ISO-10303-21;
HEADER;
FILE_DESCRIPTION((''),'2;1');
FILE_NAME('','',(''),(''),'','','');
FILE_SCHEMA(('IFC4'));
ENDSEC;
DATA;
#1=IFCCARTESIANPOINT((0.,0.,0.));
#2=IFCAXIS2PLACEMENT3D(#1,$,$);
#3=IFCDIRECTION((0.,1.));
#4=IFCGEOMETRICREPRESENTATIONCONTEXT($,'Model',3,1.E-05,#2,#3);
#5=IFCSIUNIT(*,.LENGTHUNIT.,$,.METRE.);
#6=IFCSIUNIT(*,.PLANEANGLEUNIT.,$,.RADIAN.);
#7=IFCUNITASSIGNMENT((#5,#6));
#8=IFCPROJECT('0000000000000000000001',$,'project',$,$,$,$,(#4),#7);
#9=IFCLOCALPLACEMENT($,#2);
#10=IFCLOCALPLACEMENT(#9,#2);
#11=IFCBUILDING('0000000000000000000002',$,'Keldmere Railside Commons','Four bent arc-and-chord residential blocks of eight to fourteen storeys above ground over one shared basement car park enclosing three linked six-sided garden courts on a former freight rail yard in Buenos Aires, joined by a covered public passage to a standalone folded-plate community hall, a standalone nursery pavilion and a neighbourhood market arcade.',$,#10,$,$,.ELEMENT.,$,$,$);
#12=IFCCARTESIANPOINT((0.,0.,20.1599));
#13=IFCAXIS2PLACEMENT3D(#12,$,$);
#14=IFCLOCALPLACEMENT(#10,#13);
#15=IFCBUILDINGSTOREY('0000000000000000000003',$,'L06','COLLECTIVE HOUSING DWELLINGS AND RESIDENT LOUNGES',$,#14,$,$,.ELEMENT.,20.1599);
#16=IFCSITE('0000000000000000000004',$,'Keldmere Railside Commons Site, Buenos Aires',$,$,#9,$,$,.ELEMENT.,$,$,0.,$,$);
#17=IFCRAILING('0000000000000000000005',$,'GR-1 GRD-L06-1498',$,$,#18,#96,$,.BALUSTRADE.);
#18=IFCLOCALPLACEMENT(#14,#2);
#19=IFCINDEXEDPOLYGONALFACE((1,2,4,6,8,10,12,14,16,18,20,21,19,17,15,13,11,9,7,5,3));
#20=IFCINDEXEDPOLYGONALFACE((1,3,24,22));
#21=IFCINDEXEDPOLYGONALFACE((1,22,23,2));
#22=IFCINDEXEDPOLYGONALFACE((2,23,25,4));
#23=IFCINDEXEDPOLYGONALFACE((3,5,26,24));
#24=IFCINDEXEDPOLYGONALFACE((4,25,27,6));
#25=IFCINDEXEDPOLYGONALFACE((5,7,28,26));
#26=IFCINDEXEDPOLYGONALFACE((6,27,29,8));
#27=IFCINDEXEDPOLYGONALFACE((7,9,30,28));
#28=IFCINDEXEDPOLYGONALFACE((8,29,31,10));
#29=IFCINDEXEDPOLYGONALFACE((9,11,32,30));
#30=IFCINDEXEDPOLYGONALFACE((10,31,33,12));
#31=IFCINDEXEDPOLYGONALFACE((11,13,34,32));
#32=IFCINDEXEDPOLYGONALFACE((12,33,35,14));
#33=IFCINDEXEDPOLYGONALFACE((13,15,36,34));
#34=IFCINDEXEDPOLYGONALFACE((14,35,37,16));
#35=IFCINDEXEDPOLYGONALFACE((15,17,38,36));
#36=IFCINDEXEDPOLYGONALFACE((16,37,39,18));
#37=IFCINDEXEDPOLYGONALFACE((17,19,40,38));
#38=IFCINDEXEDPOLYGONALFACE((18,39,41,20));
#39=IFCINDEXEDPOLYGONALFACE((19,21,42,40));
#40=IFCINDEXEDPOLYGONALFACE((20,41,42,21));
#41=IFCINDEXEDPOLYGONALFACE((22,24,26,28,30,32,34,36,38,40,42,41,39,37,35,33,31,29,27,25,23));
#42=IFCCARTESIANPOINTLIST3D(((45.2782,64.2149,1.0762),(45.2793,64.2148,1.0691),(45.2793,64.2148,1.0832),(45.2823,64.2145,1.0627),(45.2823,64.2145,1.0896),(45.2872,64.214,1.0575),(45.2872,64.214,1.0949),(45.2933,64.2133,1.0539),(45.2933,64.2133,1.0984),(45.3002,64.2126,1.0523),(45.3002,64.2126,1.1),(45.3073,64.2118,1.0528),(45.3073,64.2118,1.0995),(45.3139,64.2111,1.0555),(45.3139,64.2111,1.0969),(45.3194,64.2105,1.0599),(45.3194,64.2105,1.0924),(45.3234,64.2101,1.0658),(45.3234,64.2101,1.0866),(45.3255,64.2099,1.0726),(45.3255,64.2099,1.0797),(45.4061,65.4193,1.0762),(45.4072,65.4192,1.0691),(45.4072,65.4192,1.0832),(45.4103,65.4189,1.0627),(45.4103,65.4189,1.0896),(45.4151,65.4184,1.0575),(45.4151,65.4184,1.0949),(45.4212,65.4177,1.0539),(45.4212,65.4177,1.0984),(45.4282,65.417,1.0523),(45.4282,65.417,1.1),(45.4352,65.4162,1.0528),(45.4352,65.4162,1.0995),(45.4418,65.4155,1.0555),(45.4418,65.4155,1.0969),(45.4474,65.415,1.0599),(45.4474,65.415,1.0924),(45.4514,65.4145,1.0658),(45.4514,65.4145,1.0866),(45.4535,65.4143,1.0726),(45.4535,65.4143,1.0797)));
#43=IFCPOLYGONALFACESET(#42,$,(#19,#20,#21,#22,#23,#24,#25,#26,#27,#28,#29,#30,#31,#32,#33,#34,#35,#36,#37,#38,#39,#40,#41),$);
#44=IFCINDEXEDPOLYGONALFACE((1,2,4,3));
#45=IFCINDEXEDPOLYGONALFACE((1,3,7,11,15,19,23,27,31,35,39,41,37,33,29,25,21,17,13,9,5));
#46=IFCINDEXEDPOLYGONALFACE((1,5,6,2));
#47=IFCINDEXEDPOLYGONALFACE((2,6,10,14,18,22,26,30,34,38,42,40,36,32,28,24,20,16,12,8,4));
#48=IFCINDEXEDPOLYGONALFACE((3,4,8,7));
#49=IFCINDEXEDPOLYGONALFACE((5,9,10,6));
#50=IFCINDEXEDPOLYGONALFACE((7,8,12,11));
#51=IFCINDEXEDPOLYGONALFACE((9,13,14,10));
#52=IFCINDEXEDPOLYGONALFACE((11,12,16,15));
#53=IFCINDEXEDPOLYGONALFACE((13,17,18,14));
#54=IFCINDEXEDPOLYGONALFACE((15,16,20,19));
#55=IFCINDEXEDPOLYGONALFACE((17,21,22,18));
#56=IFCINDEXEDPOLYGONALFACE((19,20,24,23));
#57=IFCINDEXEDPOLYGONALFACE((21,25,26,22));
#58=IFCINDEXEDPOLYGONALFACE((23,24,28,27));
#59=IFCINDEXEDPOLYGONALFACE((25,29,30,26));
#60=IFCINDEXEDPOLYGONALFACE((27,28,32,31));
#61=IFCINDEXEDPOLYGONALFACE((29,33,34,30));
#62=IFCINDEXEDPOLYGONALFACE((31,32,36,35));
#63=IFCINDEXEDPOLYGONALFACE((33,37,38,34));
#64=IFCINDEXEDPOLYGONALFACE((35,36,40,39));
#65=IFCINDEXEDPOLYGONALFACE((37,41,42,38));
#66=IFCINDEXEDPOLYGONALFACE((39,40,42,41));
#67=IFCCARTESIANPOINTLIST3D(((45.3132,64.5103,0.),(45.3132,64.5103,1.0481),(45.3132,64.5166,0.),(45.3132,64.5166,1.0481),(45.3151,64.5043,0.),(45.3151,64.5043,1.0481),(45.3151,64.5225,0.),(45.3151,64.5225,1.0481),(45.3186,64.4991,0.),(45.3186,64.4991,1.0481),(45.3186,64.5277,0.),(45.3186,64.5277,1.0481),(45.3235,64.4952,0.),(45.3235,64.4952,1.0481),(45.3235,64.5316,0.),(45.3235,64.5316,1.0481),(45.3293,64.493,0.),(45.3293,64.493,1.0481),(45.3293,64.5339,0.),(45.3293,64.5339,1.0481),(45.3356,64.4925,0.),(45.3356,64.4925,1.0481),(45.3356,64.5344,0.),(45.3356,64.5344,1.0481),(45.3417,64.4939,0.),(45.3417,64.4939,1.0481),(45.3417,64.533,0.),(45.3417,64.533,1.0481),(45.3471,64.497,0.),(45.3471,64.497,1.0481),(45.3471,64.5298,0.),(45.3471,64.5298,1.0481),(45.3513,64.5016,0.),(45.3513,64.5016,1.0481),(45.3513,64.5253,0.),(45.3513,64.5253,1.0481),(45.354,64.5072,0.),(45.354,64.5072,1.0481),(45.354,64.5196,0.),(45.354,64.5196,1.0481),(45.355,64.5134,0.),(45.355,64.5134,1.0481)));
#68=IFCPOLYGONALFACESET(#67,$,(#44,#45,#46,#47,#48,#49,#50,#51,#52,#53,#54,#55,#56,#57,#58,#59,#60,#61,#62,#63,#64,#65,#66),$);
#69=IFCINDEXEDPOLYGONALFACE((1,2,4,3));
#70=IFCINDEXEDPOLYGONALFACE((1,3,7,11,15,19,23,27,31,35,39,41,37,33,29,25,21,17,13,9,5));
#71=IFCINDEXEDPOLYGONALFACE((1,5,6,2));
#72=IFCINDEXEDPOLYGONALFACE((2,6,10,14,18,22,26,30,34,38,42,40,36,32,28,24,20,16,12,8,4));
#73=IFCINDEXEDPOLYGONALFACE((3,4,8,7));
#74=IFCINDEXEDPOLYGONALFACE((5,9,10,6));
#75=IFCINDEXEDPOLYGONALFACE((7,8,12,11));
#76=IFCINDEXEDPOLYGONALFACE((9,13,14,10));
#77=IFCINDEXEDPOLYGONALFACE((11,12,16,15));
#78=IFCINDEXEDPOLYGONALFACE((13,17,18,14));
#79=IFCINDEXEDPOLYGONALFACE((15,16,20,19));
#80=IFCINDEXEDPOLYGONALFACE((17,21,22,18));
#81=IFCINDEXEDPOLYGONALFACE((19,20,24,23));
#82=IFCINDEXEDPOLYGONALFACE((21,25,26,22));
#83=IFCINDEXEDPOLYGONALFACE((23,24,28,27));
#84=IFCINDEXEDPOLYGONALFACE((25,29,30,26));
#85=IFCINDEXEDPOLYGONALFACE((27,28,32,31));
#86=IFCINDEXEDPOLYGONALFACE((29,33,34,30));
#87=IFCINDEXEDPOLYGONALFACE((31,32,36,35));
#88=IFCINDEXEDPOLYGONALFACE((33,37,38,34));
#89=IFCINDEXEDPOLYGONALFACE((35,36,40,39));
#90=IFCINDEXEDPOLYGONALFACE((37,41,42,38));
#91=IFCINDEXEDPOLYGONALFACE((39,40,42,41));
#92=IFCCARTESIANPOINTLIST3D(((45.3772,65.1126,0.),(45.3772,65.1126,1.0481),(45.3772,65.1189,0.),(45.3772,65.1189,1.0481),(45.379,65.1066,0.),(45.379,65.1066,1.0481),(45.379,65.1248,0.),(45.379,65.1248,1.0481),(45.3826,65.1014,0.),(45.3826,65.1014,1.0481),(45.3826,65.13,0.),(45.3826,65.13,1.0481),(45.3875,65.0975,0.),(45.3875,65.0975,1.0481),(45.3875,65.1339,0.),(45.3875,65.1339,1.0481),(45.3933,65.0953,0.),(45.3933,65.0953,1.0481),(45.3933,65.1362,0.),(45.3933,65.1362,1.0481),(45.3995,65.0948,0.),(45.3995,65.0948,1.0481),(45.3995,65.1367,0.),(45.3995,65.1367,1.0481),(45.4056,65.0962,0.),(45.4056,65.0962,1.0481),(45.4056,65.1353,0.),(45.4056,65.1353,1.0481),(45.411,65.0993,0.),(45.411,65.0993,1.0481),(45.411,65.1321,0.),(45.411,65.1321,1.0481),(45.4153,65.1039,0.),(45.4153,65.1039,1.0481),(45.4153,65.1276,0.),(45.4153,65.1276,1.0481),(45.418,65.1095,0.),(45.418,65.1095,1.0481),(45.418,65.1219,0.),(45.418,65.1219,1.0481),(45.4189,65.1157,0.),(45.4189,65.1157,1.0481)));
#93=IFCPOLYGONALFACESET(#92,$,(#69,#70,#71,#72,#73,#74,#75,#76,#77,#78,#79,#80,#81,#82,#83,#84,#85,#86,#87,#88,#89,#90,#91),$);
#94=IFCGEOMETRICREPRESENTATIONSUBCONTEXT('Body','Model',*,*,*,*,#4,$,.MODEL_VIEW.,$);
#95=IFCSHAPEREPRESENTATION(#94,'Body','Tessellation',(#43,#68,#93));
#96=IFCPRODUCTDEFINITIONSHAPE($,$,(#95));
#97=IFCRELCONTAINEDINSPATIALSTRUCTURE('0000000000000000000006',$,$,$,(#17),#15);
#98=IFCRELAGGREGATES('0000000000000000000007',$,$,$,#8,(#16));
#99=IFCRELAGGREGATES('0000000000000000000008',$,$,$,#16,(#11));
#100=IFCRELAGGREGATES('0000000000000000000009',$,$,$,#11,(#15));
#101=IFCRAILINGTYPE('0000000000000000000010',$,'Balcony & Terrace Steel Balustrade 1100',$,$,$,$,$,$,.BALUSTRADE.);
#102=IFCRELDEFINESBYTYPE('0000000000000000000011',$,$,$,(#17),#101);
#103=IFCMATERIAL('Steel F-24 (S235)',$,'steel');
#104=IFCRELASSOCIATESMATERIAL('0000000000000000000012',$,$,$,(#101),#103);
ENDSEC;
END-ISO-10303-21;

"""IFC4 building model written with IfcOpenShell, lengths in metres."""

from ifc_helpers import new_model, si_unit, direction, frame, origin, origin_2d, place, context, subcontext, project, spatial, circle, extrude, material, type_object, element, save


model = new_model("IFC4")

# Units and contexts
model_context = context("Model", 3, precision=1e-05, world=origin(), true_north=direction((0.0, 1.0)))
body_context = subcontext(model_context, "Body", "Model", "MODEL_VIEW")
ifc_project = project(units=[si_unit("LENGTHUNIT", "METRE"), si_unit("PLANEANGLEUNIT", "RADIAN")], contexts=[model_context])

# Site, building, storey
site_placement = place(None, origin())
site = spatial("IfcSite", under=ifc_project, at=site_placement, Name="Keldmere Railside Commons Site, Buenos Aires", CompositionType="ELEMENT", RefElevation=0.0)
building_placement = place(site_placement, origin())
building = spatial("IfcBuilding", under=site, at=building_placement, Name="Keldmere Railside Commons", Description="Four bent arc-and-chord residential blocks of eight to fourteen storeys above ground over one shared basement car park enclosing three linked six-sided garden courts on a former freight rail yard in Buenos Aires, joined by a covered public passage to a standalone folded-plate community hall, a standalone nursery pavilion and a neighbourhood market arcade.", CompositionType="ELEMENT")
storey_placement = place(building_placement, frame((0.0, 0.0, 20.1599)))
storey = spatial("IfcBuildingStorey", under=building, at=storey_placement, Name="L06", Description="COLLECTIVE HOUSING DWELLINGS AND RESIDENT LOUNGES", CompositionType="ELEMENT", Elevation=20.1599)

# Railing
ifc_material_1 = material(Name="Steel F-24 (S235)", Category="steel")
railing_type = type_object("IfcRailingType", Name="Balcony & Terrace Steel Balustrade 1100", PredefinedType="BALUSTRADE", material=ifc_material_1)
railing_1_placement = place(storey_placement, frame((45.302, 64.2124, 0.0)))
element("IfcRailing", 1, at=railing_1_placement, inside=storey, type_object=railing_type, Name="GR-1 GRD-L06-1498", PredefinedType="BALUSTRADE", context=body_context, shape_type="SweptSolid", body=[
    extrude(circle(Radius=0.0239, at=origin_2d()), frame((0.0, 0.0, 1.0762), z_axis=(0.105629, 0.994406, 0.0), x_axis=(-0.994406, 0.105629, 0.0)), (0.0, 0.0, 1.0), 1.2112),
    extrude(circle(Radius=0.021, at=origin_2d()), frame((0.032, 0.301, 0.0)), (0.0, 0.0, 1.0), 1.0481),
    extrude(circle(Radius=0.021, at=origin_2d()), frame((0.0959, 0.9033, 0.0)), (0.0, 0.0, 1.0), 1.0481),
])

save(model, "model.ifc")
